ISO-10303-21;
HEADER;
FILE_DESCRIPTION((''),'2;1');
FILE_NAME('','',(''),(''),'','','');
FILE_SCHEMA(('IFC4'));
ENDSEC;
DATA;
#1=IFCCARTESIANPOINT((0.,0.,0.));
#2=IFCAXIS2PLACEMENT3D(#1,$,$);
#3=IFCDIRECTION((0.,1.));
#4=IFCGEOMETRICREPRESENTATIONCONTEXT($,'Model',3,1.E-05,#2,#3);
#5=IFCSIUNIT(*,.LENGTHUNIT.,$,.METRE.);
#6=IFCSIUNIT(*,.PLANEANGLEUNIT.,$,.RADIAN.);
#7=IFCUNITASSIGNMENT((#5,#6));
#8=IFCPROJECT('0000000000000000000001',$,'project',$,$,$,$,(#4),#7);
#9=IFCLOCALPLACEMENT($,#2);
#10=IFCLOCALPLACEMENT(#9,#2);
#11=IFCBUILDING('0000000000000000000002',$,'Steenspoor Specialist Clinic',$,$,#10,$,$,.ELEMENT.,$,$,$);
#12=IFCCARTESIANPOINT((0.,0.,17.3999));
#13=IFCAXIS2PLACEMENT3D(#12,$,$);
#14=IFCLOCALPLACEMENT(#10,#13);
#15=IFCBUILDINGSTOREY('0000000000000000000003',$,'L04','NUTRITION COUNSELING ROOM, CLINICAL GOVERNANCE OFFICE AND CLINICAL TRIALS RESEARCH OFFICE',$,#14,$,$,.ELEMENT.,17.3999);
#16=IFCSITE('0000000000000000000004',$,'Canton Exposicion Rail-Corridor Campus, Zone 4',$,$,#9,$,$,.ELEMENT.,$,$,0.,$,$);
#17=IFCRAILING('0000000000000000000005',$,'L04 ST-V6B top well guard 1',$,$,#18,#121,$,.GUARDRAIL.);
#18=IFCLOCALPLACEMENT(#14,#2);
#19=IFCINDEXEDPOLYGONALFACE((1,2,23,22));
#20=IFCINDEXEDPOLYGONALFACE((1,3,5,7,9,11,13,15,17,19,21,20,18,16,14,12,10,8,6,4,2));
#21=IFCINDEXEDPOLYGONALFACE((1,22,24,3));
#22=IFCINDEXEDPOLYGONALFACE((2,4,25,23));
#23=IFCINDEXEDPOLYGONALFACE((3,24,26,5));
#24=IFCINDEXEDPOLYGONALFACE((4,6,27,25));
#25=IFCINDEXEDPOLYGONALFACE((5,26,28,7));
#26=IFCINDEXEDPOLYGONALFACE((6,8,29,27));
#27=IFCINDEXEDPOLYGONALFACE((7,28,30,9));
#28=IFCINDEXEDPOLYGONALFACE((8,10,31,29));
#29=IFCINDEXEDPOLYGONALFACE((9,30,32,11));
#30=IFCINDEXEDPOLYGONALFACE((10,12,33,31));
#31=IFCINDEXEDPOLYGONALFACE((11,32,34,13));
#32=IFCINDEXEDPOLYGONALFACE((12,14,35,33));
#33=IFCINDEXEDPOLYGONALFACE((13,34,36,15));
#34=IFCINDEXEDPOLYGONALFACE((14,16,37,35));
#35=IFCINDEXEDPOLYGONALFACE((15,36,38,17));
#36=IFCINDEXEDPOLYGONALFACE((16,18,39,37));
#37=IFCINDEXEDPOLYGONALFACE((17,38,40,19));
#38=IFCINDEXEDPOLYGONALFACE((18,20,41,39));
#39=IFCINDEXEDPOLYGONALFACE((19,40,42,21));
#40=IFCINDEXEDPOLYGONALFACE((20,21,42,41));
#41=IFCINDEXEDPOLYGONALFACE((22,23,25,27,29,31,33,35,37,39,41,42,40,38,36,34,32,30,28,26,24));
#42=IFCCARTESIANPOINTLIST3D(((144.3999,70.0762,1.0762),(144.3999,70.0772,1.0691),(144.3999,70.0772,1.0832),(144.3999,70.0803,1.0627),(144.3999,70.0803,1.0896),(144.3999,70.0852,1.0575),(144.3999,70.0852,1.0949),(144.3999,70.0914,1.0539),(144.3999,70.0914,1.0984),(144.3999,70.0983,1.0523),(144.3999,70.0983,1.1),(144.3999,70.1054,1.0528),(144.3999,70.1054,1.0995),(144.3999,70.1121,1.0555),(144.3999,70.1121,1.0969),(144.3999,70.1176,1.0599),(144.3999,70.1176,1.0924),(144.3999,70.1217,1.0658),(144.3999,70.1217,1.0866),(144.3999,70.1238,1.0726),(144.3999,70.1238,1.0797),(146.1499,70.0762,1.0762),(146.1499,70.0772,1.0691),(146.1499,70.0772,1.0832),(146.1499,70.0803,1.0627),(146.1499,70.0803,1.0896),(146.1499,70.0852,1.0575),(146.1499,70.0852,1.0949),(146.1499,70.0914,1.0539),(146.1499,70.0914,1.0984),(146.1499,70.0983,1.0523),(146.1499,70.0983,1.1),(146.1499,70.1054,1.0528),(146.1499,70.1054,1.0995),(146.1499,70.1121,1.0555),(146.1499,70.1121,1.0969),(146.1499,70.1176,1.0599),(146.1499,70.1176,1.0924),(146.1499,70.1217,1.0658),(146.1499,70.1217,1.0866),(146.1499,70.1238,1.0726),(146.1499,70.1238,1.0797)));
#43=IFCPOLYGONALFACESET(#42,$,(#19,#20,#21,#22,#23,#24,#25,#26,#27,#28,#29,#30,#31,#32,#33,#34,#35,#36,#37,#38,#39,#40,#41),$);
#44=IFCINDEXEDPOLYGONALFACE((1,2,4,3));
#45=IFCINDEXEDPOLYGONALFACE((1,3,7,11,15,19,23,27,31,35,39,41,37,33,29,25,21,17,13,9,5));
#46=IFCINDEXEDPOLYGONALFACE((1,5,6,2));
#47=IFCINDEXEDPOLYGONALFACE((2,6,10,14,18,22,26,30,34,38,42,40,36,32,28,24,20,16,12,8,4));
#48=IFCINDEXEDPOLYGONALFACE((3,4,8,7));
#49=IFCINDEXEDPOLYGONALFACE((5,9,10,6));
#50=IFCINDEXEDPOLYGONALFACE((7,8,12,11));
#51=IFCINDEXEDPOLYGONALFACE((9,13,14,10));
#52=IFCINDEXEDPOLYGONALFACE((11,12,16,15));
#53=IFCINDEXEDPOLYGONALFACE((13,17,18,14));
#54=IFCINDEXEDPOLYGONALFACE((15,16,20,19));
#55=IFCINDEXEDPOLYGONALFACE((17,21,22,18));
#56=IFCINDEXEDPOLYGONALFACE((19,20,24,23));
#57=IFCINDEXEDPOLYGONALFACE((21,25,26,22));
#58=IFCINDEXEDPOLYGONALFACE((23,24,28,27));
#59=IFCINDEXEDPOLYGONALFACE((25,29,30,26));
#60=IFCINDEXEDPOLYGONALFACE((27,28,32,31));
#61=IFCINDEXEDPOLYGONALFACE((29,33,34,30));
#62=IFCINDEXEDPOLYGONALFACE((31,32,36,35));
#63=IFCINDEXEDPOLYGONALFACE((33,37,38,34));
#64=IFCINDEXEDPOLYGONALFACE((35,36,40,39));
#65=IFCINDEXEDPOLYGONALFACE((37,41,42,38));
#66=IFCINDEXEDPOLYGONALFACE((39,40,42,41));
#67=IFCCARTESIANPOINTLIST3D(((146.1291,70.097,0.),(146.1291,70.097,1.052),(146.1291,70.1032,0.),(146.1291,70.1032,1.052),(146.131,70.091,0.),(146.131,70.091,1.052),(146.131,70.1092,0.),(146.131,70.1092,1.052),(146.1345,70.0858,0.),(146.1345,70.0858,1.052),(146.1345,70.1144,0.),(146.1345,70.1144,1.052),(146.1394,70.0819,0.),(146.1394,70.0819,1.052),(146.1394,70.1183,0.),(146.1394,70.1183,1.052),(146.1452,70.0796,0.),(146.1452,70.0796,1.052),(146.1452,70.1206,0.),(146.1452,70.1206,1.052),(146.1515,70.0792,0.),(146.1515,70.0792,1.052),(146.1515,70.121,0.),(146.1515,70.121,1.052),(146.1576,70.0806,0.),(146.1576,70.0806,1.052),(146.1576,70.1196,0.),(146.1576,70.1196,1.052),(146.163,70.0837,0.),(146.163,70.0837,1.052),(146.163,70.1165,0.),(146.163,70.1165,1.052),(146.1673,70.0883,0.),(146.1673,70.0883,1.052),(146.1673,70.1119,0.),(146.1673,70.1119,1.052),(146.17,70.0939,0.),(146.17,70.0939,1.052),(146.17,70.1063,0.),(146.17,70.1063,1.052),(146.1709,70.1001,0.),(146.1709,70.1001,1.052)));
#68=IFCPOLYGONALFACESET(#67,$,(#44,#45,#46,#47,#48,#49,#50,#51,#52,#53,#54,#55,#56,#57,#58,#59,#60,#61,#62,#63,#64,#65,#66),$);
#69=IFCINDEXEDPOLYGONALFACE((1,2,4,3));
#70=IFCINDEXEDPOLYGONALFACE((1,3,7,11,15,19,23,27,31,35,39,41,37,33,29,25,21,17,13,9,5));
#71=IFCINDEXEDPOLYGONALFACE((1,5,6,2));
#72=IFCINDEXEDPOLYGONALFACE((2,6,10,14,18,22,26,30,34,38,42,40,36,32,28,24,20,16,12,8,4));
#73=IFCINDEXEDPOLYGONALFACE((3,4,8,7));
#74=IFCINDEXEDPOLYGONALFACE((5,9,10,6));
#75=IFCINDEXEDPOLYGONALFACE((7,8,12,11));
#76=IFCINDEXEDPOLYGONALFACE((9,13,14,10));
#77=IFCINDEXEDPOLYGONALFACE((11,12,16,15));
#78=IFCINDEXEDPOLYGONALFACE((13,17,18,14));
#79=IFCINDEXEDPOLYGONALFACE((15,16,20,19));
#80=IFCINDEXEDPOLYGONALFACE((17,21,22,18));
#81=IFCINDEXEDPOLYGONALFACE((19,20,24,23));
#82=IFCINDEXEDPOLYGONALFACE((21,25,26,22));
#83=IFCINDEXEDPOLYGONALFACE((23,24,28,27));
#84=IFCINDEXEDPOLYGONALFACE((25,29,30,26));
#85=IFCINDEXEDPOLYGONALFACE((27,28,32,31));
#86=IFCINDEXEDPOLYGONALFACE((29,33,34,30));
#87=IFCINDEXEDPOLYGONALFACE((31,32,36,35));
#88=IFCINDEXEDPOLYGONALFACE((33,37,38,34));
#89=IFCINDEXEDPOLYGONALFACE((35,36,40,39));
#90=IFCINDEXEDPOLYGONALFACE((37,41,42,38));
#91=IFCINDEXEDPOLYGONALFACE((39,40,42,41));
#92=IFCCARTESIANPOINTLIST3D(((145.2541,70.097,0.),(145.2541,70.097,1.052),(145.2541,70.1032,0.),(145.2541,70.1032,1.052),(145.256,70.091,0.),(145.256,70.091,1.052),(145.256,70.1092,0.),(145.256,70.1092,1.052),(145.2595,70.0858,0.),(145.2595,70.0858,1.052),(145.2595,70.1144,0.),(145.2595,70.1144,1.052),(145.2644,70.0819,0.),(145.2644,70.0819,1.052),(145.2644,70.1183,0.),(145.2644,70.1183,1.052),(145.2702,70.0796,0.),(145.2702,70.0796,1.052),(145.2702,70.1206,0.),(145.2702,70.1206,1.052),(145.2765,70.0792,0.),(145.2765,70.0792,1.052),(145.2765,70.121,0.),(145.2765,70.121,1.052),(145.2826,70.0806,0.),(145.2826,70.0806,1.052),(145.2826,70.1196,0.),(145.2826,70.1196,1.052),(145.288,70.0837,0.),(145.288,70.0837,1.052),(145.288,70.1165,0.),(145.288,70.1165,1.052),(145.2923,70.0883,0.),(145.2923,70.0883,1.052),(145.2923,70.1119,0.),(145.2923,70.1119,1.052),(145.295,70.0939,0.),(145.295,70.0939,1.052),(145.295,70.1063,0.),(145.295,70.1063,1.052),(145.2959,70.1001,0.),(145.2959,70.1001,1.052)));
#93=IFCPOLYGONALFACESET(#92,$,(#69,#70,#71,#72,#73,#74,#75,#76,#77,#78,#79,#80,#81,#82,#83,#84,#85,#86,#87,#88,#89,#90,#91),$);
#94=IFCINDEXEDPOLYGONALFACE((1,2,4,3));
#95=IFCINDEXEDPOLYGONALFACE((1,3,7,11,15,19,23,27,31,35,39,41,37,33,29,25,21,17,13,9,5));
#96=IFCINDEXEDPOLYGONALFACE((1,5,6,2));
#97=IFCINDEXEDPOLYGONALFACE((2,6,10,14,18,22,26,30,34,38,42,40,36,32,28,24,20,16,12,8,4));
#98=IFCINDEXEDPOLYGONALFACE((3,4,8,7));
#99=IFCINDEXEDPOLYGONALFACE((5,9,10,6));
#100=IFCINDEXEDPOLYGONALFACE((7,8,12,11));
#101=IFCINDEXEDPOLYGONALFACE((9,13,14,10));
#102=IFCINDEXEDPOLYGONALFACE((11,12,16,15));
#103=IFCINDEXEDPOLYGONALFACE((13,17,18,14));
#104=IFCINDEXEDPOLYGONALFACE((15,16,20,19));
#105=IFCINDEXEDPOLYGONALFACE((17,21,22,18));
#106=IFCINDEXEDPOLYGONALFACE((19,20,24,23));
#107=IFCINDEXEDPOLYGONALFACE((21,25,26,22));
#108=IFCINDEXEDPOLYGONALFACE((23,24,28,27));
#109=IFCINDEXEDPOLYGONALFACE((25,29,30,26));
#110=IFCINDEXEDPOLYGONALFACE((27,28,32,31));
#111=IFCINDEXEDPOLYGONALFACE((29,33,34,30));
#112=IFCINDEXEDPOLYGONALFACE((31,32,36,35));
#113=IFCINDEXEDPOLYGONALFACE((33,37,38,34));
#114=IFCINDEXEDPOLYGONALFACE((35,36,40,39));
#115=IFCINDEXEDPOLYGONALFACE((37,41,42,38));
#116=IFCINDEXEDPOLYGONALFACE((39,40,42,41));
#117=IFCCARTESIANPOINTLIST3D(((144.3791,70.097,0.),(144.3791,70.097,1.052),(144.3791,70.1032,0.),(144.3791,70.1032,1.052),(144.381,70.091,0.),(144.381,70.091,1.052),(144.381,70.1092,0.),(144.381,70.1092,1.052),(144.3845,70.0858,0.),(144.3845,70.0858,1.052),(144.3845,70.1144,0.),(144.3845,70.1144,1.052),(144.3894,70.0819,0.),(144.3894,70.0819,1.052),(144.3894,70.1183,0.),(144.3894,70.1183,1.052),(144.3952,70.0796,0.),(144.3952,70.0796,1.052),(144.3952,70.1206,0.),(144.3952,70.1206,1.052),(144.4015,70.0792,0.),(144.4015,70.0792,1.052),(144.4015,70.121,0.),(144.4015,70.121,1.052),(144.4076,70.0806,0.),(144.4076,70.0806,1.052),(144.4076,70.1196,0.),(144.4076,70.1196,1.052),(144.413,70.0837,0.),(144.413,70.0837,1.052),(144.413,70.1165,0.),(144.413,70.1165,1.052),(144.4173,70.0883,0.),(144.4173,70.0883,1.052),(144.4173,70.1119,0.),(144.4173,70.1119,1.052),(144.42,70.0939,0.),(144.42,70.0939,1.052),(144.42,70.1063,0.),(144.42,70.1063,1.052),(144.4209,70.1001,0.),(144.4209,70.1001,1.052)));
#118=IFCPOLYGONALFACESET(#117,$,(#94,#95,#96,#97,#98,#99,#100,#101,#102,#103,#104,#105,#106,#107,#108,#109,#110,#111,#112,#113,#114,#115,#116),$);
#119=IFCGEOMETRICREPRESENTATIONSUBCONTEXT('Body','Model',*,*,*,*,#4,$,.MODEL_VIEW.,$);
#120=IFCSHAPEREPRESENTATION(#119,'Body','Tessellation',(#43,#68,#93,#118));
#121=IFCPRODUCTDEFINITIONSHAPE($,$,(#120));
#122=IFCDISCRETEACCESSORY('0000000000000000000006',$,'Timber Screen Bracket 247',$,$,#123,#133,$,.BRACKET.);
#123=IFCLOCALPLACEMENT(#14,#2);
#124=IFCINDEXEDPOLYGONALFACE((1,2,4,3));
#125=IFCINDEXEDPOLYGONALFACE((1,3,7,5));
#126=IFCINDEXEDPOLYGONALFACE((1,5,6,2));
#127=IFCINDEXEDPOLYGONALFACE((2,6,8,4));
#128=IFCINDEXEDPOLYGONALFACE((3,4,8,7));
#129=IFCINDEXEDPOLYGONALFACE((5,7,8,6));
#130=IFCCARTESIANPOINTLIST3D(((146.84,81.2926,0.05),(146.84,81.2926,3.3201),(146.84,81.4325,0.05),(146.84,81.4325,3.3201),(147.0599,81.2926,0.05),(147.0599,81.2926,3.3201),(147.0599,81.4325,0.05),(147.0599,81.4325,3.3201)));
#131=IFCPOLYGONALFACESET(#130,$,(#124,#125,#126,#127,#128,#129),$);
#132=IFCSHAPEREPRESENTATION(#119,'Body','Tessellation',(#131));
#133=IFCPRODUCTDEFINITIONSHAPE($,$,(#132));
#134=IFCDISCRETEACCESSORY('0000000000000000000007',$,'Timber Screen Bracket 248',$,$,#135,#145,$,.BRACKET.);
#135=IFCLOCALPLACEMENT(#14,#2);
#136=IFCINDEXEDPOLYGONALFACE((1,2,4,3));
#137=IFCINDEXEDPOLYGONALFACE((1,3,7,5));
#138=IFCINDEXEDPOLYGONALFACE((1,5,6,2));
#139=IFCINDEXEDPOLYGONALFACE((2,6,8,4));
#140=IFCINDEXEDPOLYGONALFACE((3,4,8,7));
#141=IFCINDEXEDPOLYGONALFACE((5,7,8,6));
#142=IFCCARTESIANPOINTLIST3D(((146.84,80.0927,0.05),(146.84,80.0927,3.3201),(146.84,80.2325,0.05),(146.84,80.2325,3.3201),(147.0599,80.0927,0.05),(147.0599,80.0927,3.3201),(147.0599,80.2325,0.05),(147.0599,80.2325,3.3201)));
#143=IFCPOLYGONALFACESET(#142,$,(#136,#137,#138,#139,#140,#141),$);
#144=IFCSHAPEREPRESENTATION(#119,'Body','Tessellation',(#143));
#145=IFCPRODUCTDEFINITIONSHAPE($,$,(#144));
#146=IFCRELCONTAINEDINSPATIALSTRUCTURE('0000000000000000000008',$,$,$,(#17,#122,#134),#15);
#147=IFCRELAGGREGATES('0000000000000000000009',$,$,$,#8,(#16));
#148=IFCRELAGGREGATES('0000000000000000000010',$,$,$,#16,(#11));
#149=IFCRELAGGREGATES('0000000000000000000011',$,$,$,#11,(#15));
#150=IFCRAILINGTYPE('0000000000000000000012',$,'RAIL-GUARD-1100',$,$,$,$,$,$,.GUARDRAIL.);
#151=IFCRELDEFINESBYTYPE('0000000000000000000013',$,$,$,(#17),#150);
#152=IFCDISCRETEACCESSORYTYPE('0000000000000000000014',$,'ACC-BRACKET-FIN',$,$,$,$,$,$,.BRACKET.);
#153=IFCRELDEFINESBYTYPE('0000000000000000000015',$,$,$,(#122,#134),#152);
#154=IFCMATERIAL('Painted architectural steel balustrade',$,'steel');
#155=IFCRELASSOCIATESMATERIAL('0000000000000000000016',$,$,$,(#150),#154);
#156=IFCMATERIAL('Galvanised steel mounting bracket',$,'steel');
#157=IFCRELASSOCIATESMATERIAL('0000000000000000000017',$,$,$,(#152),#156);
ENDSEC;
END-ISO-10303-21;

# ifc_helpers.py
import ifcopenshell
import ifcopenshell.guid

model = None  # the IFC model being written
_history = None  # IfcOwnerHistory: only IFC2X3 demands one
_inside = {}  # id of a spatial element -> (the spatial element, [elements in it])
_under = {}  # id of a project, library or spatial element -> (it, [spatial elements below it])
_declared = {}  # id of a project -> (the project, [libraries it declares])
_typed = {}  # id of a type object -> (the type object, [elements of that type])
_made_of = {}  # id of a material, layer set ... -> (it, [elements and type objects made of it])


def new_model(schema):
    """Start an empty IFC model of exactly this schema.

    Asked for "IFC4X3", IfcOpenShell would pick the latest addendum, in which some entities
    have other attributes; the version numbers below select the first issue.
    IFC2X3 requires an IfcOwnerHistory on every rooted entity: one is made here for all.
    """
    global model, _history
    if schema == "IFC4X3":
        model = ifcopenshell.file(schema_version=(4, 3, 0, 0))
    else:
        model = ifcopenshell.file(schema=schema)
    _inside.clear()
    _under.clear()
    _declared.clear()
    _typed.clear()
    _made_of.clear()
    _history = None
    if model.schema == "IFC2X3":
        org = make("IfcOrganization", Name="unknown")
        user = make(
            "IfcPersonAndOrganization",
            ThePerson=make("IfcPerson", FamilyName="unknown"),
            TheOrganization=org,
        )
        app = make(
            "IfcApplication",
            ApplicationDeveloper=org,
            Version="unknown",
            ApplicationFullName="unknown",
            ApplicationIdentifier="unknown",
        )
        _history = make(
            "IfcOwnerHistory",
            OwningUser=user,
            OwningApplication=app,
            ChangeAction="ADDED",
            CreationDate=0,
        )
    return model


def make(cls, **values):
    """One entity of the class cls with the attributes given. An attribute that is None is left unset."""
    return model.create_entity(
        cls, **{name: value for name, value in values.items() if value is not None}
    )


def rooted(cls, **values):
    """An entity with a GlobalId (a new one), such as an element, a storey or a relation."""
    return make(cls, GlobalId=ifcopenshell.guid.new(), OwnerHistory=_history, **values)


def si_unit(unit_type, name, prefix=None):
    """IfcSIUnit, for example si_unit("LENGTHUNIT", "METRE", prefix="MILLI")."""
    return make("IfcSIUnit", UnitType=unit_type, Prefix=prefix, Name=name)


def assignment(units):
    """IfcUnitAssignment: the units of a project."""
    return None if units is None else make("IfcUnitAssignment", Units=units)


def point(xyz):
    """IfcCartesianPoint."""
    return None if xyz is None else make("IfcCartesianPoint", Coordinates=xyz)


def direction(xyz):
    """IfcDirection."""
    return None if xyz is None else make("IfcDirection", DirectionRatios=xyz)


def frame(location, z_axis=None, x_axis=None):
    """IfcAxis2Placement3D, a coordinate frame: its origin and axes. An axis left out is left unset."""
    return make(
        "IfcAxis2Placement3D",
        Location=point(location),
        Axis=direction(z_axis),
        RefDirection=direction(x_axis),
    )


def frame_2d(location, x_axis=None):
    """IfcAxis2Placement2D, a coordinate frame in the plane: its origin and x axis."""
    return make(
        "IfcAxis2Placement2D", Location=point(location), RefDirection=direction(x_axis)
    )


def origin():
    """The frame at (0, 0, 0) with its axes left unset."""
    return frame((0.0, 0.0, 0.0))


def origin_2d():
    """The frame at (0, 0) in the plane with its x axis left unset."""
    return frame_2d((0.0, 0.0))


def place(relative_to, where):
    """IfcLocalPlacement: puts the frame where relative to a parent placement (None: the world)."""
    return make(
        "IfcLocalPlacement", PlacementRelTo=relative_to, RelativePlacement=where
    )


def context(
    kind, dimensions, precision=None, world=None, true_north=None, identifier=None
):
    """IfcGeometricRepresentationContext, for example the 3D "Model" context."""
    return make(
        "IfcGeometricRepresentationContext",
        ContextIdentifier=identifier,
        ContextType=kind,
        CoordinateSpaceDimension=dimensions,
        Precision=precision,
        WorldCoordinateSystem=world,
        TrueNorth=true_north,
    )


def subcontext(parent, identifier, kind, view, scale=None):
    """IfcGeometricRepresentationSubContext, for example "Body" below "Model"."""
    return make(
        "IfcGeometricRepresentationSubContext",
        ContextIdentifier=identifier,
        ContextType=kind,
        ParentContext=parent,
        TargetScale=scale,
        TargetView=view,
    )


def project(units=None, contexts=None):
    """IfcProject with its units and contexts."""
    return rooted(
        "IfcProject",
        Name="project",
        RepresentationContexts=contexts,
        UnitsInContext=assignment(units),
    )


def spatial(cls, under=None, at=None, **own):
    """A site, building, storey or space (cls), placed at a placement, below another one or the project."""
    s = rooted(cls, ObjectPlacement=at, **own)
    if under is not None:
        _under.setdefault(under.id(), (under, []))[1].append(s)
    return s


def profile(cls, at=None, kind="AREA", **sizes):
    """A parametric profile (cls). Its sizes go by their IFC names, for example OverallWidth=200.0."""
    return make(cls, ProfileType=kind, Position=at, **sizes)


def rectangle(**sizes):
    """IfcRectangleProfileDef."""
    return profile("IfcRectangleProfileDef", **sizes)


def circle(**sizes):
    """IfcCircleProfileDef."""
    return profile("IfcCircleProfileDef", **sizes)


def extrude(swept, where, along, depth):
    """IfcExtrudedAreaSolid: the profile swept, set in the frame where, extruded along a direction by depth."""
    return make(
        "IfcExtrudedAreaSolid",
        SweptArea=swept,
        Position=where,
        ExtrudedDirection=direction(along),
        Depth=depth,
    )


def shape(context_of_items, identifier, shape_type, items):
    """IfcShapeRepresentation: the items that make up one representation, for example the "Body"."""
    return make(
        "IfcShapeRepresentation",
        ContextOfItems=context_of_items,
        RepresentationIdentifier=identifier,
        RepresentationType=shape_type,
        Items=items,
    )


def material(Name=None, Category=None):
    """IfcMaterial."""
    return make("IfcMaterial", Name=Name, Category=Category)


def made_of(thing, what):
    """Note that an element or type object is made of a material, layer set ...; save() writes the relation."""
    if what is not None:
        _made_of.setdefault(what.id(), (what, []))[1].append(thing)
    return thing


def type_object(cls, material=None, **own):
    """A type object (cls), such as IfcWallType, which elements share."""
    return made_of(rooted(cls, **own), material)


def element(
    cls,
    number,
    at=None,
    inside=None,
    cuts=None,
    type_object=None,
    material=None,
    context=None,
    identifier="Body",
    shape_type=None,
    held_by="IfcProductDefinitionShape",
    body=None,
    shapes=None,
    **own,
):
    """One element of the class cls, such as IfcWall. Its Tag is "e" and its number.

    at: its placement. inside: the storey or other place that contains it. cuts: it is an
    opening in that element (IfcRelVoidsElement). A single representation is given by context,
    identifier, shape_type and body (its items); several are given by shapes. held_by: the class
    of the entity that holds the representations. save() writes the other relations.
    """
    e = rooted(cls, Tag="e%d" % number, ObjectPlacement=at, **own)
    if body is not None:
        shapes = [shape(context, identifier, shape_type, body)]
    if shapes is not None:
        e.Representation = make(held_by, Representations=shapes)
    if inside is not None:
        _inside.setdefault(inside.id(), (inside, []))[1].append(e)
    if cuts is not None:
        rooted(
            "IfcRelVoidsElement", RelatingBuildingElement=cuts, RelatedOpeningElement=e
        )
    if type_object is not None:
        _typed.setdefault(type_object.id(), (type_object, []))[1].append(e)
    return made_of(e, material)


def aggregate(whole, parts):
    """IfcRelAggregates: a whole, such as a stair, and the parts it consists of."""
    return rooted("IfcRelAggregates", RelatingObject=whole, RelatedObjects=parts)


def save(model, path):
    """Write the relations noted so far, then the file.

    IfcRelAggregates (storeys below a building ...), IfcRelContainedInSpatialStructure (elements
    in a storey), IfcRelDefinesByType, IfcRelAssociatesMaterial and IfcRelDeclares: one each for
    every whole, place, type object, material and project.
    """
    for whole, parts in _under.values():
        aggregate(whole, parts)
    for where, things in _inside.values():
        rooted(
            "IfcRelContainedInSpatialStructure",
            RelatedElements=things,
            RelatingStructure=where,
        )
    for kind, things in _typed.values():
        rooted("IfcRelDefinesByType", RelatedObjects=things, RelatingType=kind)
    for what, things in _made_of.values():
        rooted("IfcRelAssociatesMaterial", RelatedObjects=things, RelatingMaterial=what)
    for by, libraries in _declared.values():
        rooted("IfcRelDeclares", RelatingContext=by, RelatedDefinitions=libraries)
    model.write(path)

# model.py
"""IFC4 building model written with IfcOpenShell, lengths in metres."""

from ifc_helpers import new_model, si_unit, direction, frame, origin, origin_2d, place, context, subcontext, project, spatial, rectangle, circle, extrude, material, type_object, element, save


model = new_model("IFC4")

# Units and contexts
model_context = context("Model", 3, precision=1e-05, world=origin(), true_north=direction((0.0, 1.0)))
body_context = subcontext(model_context, "Body", "Model", "MODEL_VIEW")
ifc_project = project(units=[si_unit("LENGTHUNIT", "METRE"), si_unit("PLANEANGLEUNIT", "RADIAN")], contexts=[model_context])

# Site, building, storey
site_placement = place(None, origin())
site = spatial("IfcSite", under=ifc_project, at=site_placement, Name="Canton Exposicion Rail-Corridor Campus, Zone 4", CompositionType="ELEMENT", RefElevation=0.0)
building_placement = place(site_placement, origin())
building = spatial("IfcBuilding", under=site, at=building_placement, Name="Steenspoor Specialist Clinic", CompositionType="ELEMENT")
storey_placement = place(building_placement, frame((0.0, 0.0, 17.3999)))
storey = spatial("IfcBuildingStorey", under=building, at=storey_placement, Name="L04", Description="NUTRITION COUNSELING ROOM, CLINICAL GOVERNANCE OFFICE AND CLINICAL TRIALS RESEARCH OFFICE", CompositionType="ELEMENT", Elevation=17.3999)

# Railing
ifc_material_1 = material(Name="Painted architectural steel balustrade", Category="steel")
railing_type_1 = type_object("IfcRailingType", Name="RAIL-GUARD-1100", PredefinedType="GUARDRAIL", material=ifc_material_1)
railing_1_placement = place(storey_placement, frame((146.1499, 70.1001, 0.0)))
element("IfcRailing", 1, at=railing_1_placement, inside=storey, type_object=railing_type_1, Name="L04 ST-V6B top well guard 1", PredefinedType="GUARDRAIL", context=body_context, shape_type="SweptSolid", body=[
    extrude(circle(Radius=0.0239, at=origin_2d()), frame((0.0, 0.0, 1.0762), z_axis=(-1.0, 0.0, 0.0), x_axis=(0.0, -1.0, 0.0)), (0.0, 0.0, 1.0), 1.75),
    extrude(circle(Radius=0.021, at=origin_2d()), origin(), (0.0, 0.0, 1.0), 1.052),
    extrude(circle(Radius=0.021, at=origin_2d()), frame((-0.875, 0.0, 0.0)), (0.0, 0.0, 1.0), 1.052),
    extrude(circle(Radius=0.021, at=origin_2d()), frame((-1.75, 0.0, 0.0)), (0.0, 0.0, 1.0), 1.052),
])

# Discrete accessories
ifc_material_2 = material(Name="Galvanised steel mounting bracket", Category="steel")
discrete_accessory_type = type_object("IfcDiscreteAccessoryType", Name="ACC-BRACKET-FIN", PredefinedType="BRACKET", material=ifc_material_2)
for number, where, z_axis, x_axis, name in (
    (2, (146.95, 81.3625, 0.05), (0.0, 0.0, 1.0), (1.0, 0.0, 0.0), "Timber Screen Bracket 247"),
    (3, (146.95, 80.1626, 0.05), (0.0, 0.0, 1.0), (1.0, 0.0, 0.0), "Timber Screen Bracket 248"),
):
    element("IfcDiscreteAccessory", number, at=place(storey_placement, frame(where, z_axis=z_axis, x_axis=x_axis)), inside=storey, type_object=discrete_accessory_type, Name=name, PredefinedType="BRACKET", context=body_context, shape_type="SweptSolid", body=[
        extrude(rectangle(XDim=0.22, YDim=0.1399, at=origin_2d()), origin(), (0.0, 0.0, 1.0), 3.27),
    ])

save(model, "model.ifc")
